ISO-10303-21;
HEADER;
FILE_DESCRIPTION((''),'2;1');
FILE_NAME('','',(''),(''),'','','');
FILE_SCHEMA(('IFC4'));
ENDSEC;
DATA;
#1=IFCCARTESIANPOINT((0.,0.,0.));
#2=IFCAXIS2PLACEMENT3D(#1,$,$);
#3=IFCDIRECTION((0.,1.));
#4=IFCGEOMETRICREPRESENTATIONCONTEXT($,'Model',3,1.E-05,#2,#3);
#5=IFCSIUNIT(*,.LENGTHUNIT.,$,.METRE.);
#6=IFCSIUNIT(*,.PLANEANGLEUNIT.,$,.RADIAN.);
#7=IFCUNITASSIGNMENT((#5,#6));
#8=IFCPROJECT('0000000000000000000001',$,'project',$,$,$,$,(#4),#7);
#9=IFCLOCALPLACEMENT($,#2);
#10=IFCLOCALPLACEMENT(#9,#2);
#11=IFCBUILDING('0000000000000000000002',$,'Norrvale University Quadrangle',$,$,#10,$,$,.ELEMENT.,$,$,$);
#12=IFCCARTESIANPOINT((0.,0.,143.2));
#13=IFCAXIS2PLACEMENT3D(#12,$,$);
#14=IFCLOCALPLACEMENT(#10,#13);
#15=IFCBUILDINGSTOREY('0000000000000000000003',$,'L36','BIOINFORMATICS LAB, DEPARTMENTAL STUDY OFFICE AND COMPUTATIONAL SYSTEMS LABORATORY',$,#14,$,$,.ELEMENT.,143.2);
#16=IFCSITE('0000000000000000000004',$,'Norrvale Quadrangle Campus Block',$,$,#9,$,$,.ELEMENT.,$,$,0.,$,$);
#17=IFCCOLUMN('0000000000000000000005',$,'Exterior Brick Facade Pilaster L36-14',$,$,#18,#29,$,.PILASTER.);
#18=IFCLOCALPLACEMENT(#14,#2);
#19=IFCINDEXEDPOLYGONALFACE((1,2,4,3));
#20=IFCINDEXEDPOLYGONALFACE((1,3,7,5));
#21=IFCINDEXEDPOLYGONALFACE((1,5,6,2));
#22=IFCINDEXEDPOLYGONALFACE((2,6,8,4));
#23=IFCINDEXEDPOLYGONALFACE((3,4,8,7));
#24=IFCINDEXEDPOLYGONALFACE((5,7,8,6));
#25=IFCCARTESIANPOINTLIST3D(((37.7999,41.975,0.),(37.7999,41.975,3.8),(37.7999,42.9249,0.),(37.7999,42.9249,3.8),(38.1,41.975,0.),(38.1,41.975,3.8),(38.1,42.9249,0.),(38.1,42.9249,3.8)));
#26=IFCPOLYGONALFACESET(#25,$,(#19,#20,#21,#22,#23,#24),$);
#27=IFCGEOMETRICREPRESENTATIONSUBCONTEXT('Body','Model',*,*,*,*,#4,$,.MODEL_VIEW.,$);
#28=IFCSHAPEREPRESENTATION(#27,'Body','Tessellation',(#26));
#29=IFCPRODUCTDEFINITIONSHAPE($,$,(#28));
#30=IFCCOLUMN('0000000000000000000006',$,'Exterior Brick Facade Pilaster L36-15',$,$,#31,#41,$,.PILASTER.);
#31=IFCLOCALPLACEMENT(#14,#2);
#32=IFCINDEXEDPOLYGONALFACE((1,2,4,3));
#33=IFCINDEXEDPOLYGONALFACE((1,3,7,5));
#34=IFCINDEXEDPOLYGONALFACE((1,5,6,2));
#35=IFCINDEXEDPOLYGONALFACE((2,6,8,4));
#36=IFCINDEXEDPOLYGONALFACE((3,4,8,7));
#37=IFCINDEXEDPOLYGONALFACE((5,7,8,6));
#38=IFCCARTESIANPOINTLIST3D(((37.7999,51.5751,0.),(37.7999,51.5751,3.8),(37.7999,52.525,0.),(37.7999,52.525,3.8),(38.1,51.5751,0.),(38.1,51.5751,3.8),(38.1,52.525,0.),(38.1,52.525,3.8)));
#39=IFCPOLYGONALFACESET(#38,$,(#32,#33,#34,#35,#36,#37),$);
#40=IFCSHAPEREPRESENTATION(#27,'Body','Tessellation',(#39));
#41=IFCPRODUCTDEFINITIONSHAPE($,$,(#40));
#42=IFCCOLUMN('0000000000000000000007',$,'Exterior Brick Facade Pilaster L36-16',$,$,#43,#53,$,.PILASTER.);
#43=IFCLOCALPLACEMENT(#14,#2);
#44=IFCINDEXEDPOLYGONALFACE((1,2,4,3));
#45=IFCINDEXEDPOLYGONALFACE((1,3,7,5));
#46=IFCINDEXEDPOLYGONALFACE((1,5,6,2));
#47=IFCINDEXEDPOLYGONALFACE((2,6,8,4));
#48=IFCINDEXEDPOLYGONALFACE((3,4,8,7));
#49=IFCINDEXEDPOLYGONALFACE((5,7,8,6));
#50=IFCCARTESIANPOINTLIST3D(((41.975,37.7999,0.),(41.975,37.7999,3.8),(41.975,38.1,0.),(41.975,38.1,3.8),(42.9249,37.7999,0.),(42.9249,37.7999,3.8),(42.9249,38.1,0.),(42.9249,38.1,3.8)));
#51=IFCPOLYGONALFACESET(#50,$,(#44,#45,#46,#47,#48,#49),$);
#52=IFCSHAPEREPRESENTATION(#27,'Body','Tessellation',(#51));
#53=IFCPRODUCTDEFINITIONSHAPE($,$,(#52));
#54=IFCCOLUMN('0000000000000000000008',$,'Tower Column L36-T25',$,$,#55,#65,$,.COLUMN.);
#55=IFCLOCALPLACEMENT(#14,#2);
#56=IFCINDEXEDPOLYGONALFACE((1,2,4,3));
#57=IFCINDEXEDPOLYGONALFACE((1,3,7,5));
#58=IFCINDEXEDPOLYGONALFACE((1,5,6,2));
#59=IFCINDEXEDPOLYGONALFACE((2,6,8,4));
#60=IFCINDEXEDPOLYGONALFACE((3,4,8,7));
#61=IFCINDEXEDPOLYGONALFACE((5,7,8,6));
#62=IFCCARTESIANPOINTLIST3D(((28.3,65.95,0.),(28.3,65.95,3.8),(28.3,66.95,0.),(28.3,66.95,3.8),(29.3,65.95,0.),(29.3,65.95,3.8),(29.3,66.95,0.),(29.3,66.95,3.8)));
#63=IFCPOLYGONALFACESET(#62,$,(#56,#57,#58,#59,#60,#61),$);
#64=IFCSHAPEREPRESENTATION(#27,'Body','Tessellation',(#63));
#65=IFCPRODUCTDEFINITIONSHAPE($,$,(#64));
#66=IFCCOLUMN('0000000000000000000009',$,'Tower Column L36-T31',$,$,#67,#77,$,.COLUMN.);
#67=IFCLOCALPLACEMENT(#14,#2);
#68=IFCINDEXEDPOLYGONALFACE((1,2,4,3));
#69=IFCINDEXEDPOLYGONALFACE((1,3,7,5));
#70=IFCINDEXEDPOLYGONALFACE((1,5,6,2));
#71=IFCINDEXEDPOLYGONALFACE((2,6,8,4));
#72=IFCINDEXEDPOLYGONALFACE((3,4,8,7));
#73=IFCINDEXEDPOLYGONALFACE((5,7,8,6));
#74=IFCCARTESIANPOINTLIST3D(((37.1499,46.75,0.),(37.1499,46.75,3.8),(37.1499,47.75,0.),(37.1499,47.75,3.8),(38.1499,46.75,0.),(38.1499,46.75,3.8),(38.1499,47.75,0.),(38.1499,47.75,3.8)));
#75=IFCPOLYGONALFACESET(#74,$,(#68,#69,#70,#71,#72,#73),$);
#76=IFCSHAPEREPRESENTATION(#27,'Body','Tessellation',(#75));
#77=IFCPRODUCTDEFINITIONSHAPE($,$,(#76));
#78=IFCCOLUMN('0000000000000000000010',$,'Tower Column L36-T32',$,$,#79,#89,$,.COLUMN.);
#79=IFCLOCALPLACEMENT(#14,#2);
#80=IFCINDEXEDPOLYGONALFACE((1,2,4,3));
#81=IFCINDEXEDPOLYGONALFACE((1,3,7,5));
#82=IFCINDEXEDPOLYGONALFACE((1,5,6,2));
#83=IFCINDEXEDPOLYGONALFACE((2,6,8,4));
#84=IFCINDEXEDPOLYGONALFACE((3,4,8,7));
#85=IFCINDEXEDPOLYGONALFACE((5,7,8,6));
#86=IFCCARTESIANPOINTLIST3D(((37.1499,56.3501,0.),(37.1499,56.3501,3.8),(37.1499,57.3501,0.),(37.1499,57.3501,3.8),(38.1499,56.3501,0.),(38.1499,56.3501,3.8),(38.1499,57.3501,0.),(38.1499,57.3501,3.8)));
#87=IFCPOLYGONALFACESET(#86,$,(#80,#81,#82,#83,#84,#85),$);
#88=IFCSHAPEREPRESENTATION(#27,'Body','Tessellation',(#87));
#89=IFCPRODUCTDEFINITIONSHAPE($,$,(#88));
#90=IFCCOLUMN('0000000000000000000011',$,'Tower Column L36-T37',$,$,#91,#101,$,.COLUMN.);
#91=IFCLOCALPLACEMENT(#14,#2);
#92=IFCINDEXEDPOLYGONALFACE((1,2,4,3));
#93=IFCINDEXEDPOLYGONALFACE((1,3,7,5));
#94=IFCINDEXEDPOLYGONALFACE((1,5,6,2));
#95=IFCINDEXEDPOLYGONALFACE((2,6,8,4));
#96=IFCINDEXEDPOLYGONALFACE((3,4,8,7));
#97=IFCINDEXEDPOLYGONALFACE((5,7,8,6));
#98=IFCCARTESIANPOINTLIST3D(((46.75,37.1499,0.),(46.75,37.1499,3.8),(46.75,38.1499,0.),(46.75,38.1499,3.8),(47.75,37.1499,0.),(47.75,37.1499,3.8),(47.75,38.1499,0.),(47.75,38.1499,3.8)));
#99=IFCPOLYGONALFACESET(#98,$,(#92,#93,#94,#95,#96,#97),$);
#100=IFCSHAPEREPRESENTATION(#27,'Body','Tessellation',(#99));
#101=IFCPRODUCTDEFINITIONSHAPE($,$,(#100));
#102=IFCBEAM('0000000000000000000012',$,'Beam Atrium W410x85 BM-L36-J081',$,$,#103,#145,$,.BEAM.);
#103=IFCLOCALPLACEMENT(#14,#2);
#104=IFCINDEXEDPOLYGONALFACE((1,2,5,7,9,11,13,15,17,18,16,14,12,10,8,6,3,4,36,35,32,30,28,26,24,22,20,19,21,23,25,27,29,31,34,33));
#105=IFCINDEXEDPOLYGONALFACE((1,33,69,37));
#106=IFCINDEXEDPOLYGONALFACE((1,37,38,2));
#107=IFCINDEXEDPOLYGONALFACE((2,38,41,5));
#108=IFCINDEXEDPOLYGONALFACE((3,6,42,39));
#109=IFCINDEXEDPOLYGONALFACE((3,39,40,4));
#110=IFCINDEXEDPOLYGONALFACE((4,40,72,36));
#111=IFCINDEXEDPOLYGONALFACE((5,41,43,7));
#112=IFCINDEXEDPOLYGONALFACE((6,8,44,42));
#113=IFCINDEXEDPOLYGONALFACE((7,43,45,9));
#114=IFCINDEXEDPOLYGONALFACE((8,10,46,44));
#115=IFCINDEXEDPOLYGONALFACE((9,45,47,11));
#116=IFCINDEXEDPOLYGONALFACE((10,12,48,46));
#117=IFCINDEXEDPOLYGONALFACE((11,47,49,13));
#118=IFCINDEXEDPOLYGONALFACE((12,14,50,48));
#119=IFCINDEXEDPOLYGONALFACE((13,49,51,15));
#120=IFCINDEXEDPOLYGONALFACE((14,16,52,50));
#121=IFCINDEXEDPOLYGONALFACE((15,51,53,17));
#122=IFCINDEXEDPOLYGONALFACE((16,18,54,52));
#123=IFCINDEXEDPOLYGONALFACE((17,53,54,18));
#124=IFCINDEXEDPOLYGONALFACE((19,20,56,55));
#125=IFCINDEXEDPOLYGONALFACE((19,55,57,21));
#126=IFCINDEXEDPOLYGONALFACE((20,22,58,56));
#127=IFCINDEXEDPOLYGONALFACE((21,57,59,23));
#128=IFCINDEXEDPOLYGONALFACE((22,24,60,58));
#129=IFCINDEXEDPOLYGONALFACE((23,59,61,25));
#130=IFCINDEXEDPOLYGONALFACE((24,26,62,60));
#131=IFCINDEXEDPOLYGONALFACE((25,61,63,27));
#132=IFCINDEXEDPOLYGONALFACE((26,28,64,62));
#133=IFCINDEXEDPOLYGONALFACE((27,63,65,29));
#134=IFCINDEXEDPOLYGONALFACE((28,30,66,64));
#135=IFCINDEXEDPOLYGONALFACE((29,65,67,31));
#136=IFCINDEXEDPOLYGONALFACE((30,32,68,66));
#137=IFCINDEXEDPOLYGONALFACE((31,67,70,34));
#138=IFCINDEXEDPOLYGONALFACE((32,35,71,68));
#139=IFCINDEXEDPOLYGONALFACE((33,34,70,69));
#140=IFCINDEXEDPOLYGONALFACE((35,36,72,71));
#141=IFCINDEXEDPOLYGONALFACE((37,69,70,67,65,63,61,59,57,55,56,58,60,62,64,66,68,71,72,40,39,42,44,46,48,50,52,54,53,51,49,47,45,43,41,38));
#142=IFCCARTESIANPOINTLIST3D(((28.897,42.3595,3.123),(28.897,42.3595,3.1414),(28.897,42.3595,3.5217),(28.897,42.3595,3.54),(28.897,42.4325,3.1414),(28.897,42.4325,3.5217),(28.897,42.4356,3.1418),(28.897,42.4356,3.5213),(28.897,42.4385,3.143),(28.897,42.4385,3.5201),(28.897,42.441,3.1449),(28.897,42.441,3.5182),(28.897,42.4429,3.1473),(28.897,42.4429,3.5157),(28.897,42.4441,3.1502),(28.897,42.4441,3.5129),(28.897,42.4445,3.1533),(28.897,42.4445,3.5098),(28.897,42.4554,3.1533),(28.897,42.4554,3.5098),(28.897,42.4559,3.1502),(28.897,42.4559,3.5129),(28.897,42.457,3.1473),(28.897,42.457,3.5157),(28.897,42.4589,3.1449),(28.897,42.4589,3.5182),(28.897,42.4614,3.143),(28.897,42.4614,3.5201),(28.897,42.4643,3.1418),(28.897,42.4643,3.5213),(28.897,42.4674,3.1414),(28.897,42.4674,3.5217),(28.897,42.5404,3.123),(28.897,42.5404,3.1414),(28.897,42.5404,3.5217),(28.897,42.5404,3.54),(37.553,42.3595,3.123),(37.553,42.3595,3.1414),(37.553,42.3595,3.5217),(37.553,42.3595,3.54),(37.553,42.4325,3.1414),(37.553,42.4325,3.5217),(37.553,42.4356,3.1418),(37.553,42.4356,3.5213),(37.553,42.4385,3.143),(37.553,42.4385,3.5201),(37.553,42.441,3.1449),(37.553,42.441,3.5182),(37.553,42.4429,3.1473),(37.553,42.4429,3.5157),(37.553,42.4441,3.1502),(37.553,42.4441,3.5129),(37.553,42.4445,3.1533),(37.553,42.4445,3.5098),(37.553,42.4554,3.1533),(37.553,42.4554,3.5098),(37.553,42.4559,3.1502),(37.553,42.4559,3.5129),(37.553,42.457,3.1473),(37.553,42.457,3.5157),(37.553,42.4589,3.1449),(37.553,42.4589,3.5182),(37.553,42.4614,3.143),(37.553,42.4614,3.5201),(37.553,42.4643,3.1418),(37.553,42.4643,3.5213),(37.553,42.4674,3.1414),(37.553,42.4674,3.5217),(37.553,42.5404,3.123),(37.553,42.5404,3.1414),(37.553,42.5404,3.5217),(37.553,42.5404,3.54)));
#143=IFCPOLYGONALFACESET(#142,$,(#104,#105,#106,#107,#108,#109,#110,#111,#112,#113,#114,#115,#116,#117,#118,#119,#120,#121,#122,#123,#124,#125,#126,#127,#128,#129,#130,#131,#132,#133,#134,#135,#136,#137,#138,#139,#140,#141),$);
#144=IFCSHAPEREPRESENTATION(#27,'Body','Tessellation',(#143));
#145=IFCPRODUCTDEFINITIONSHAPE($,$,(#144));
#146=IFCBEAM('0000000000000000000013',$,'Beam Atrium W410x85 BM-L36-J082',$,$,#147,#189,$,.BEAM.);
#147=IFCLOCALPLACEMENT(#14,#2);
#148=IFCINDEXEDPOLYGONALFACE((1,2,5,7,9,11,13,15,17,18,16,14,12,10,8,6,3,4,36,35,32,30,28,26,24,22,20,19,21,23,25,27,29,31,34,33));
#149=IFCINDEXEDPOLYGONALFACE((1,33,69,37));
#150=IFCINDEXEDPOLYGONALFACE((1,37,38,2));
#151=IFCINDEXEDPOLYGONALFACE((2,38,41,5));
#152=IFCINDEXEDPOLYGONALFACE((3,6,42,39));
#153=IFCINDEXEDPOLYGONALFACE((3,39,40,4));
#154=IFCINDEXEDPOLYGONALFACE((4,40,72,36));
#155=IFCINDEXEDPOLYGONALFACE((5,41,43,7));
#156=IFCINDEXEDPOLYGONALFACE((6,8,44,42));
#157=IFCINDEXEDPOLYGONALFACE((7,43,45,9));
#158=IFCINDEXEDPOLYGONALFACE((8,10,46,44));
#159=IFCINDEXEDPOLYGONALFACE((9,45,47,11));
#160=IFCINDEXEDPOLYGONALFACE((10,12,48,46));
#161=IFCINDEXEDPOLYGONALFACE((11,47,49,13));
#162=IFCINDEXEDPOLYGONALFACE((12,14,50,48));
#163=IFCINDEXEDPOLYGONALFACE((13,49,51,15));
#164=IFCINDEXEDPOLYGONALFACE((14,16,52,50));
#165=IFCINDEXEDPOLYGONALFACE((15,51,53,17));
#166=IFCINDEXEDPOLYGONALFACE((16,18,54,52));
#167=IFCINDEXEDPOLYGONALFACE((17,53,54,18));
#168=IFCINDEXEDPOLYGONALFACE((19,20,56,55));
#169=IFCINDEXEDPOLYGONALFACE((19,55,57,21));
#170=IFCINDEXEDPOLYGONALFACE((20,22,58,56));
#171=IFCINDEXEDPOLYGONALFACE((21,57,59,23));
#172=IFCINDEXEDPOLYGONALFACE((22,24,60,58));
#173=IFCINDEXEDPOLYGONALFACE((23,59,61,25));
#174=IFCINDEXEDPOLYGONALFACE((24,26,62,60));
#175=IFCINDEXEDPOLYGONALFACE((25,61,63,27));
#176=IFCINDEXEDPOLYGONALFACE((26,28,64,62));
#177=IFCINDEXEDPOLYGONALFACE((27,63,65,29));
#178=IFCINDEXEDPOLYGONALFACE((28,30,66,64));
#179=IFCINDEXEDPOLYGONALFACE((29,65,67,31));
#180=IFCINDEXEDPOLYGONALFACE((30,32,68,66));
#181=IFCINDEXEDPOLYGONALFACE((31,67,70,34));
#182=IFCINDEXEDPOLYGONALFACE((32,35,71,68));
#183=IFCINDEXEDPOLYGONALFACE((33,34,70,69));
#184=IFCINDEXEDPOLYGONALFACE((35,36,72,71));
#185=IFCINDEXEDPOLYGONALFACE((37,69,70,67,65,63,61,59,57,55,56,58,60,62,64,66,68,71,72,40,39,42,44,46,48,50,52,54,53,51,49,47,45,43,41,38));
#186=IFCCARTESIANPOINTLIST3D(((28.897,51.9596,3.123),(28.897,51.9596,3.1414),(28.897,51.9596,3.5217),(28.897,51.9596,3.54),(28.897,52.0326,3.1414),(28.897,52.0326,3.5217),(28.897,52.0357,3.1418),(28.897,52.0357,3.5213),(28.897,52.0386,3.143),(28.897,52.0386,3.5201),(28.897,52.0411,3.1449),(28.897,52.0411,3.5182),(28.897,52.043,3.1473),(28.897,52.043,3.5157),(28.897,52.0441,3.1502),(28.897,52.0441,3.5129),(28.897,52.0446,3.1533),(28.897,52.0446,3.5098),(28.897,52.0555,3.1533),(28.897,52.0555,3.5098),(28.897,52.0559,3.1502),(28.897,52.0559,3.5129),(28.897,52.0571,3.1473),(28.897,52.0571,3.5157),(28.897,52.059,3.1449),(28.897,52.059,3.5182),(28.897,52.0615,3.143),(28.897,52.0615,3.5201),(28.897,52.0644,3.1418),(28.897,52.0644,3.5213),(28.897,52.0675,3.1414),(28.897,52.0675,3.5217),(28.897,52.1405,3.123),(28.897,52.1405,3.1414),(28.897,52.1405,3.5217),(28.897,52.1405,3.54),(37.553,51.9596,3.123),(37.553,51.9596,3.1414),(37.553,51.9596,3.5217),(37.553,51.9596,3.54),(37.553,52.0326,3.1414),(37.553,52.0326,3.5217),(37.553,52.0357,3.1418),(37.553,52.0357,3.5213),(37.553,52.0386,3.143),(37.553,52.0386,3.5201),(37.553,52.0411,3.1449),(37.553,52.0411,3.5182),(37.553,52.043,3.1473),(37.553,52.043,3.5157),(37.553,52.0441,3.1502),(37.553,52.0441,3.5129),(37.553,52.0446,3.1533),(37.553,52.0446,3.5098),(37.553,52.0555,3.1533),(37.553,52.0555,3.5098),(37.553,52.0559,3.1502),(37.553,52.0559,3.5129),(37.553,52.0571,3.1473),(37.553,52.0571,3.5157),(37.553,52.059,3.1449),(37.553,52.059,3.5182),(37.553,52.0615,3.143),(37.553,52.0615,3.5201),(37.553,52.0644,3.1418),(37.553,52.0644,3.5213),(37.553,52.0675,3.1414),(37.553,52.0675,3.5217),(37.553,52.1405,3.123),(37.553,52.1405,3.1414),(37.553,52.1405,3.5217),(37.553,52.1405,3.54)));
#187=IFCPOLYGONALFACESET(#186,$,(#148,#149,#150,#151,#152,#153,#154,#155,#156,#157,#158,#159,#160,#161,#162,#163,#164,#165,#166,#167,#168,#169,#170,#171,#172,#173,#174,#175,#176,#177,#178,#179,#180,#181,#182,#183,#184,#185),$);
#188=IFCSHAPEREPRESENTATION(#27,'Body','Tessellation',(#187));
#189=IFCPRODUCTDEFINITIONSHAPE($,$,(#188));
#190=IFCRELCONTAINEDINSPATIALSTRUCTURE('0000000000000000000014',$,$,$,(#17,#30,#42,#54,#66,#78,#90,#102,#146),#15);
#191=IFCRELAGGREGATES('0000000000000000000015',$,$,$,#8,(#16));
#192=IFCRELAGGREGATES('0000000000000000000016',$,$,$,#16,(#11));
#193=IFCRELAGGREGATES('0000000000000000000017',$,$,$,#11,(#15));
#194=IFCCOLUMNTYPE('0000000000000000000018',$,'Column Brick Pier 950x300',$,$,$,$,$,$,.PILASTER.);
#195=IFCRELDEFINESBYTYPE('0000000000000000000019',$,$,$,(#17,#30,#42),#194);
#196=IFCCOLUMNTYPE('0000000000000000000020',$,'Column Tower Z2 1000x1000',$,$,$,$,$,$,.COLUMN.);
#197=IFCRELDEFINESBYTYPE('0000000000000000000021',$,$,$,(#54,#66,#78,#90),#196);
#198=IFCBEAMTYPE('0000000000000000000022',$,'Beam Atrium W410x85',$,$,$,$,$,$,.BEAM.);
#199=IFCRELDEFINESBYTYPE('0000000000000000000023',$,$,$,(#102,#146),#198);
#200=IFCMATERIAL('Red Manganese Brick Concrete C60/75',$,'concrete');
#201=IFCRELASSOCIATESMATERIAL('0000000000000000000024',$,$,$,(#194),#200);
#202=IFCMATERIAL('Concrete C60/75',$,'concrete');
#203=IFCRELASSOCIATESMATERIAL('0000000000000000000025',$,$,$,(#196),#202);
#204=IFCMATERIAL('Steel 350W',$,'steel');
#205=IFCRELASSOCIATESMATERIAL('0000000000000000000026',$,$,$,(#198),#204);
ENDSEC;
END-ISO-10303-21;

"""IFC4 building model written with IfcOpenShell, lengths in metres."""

from ifc_helpers import new_model, si_unit, direction, frame, origin, origin_2d, place, context, subcontext, project, spatial, rectangle, i_section, extrude, material, material_profile, profile_set, type_object, element, save


model = new_model("IFC4")

# Units and contexts
model_context = context("Model", 3, precision=1e-05, world=origin(), true_north=direction((0.0, 1.0)))
body_context = subcontext(model_context, "Body", "Model", "MODEL_VIEW")
ifc_project = project(units=[si_unit("LENGTHUNIT", "METRE"), si_unit("PLANEANGLEUNIT", "RADIAN")], contexts=[model_context])

# Site, building, storey
site_placement = place(None, origin())
site = spatial("IfcSite", under=ifc_project, at=site_placement, Name="Norrvale Quadrangle Campus Block", CompositionType="ELEMENT", RefElevation=0.0)
building_placement = place(site_placement, origin())
building = spatial("IfcBuilding", under=site, at=building_placement, Name="Norrvale University Quadrangle", CompositionType="ELEMENT")
storey_placement = place(building_placement, frame((0.0, 0.0, 143.2)))
storey = spatial("IfcBuildingStorey", under=building, at=storey_placement, Name="L36", Description="BIOINFORMATICS LAB, DEPARTMENTAL STUDY OFFICE AND COMPUTATIONAL SYSTEMS LABORATORY", CompositionType="ELEMENT", Elevation=143.2)

# Columns
ifc_material_1 = material(Name="Red Manganese Brick Concrete C60/75", Category="concrete")
ifc_material_profile_1 = material_profile(ifc_material_1, rectangle(XDim=0.95, YDim=0.3, at=origin_2d()), Name="Red Manganese Brick Concrete C60/75")
ifc_profile_set_1 = profile_set([ifc_material_profile_1], Name="Red Manganese Brick Concrete C60/75")
column_type_1 = type_object("IfcColumnType", Name="Column Brick Pier 950x300", PredefinedType="PILASTER", material=ifc_profile_set_1)
for number, where, z_axis, x_axis, name in (
    (1, (37.95, 42.45, 0.0), (0.0, 0.0, 1.0), (0.0, 1.0, 0.0), "Exterior Brick Facade Pilaster L36-14"),
    (2, (37.95, 52.05, 0.0), (0.0, 0.0, 1.0), (0.0, 1.0, 0.0), "Exterior Brick Facade Pilaster L36-15"),
    (3, (42.45, 37.95, 0.0), (0.0, 0.0, 1.0), (1.0, 0.0, 0.0), "Exterior Brick Facade Pilaster L36-16"),
):
    element("IfcColumn", number, at=place(storey_placement, frame(where, z_axis=z_axis, x_axis=x_axis)), inside=storey, type_object=column_type_1, Name=name, PredefinedType="PILASTER", context=body_context, shape_type="SweptSolid", body=[
        extrude(rectangle(XDim=0.95, YDim=0.3, at=origin_2d()), origin(), (0.0, 0.0, 1.0), 3.8),
    ])
ifc_material_2 = material(Name="Concrete C60/75", Category="concrete")
ifc_material_profile_2 = material_profile(ifc_material_2, rectangle(XDim=1.0, YDim=1.0, at=origin_2d()), Name="Concrete C60/75")
ifc_profile_set_2 = profile_set([ifc_material_profile_2], Name="Concrete C60/75")
column_type_2 = type_object("IfcColumnType", Name="Column Tower Z2 1000x1000", PredefinedType="COLUMN", material=ifc_profile_set_2)
for number, where, z_axis, x_axis, name in (
    (4, (28.8, 66.45, 0.0), (0.0, 0.0, 1.0), (1.0, 0.0, 0.0), "Tower Column L36-T25"),
    (5, (37.6499, 47.25, 0.0), (0.0, 0.0, 1.0), (1.0, 0.0, 0.0), "Tower Column L36-T31"),
    (6, (37.6499, 56.8501, 0.0), (0.0, 0.0, 1.0), (1.0, 0.0, 0.0), "Tower Column L36-T32"),
    (7, (47.25, 37.6499, 0.0), (0.0, 0.0, 1.0), (1.0, 0.0, 0.0), "Tower Column L36-T37"),
):
    element("IfcColumn", number, at=place(storey_placement, frame(where, z_axis=z_axis, x_axis=x_axis)), inside=storey, type_object=column_type_2, Name=name, PredefinedType="COLUMN", context=body_context, shape_type="SweptSolid", body=[
        extrude(rectangle(XDim=1.0, YDim=1.0, at=origin_2d()), origin(), (0.0, 0.0, 1.0), 3.8),
    ])

# Beams
ifc_material_3 = material(Name="Steel 350W", Category="steel")
ifc_material_profile_3 = material_profile(ifc_material_3, i_section(OverallWidth=0.1809, OverallDepth=0.417, WebThickness=0.011, FlangeThickness=0.0183, FilletRadius=0.012, at=origin_2d()), Name="Steel 350W")
ifc_profile_set_3 = profile_set([ifc_material_profile_3], Name="Steel 350W")
beam_type_1 = type_object("IfcBeamType", Name="Beam Atrium W410x85", PredefinedType="BEAM", material=ifc_profile_set_3)
for number, where, z_axis, x_axis, name in (
    (8, (28.897, 42.45, 3.3315), (1.0, 0.0, 0.0), (0.0, 1.0, 0.0), "Beam Atrium W410x85 BM-L36-J081"),
    (9, (28.897, 52.05, 3.3315), (1.0, 0.0, 0.0), (0.0, 1.0, 0.0), "Beam Atrium W410x85 BM-L36-J082"),
):
    element("IfcBeam", number, at=place(storey_placement, frame(where, z_axis=z_axis, x_axis=x_axis)), inside=storey, type_object=beam_type_1, Name=name, PredefinedType="BEAM", context=body_context, shape_type="SweptSolid", body=[
        extrude(i_section(OverallWidth=0.1809, OverallDepth=0.417, WebThickness=0.011, FlangeThickness=0.0183, FilletRadius=0.012, at=origin_2d()), origin(), (0.0, 0.0, 1.0), 8.656),
    ])

save(model, "model.ifc")
